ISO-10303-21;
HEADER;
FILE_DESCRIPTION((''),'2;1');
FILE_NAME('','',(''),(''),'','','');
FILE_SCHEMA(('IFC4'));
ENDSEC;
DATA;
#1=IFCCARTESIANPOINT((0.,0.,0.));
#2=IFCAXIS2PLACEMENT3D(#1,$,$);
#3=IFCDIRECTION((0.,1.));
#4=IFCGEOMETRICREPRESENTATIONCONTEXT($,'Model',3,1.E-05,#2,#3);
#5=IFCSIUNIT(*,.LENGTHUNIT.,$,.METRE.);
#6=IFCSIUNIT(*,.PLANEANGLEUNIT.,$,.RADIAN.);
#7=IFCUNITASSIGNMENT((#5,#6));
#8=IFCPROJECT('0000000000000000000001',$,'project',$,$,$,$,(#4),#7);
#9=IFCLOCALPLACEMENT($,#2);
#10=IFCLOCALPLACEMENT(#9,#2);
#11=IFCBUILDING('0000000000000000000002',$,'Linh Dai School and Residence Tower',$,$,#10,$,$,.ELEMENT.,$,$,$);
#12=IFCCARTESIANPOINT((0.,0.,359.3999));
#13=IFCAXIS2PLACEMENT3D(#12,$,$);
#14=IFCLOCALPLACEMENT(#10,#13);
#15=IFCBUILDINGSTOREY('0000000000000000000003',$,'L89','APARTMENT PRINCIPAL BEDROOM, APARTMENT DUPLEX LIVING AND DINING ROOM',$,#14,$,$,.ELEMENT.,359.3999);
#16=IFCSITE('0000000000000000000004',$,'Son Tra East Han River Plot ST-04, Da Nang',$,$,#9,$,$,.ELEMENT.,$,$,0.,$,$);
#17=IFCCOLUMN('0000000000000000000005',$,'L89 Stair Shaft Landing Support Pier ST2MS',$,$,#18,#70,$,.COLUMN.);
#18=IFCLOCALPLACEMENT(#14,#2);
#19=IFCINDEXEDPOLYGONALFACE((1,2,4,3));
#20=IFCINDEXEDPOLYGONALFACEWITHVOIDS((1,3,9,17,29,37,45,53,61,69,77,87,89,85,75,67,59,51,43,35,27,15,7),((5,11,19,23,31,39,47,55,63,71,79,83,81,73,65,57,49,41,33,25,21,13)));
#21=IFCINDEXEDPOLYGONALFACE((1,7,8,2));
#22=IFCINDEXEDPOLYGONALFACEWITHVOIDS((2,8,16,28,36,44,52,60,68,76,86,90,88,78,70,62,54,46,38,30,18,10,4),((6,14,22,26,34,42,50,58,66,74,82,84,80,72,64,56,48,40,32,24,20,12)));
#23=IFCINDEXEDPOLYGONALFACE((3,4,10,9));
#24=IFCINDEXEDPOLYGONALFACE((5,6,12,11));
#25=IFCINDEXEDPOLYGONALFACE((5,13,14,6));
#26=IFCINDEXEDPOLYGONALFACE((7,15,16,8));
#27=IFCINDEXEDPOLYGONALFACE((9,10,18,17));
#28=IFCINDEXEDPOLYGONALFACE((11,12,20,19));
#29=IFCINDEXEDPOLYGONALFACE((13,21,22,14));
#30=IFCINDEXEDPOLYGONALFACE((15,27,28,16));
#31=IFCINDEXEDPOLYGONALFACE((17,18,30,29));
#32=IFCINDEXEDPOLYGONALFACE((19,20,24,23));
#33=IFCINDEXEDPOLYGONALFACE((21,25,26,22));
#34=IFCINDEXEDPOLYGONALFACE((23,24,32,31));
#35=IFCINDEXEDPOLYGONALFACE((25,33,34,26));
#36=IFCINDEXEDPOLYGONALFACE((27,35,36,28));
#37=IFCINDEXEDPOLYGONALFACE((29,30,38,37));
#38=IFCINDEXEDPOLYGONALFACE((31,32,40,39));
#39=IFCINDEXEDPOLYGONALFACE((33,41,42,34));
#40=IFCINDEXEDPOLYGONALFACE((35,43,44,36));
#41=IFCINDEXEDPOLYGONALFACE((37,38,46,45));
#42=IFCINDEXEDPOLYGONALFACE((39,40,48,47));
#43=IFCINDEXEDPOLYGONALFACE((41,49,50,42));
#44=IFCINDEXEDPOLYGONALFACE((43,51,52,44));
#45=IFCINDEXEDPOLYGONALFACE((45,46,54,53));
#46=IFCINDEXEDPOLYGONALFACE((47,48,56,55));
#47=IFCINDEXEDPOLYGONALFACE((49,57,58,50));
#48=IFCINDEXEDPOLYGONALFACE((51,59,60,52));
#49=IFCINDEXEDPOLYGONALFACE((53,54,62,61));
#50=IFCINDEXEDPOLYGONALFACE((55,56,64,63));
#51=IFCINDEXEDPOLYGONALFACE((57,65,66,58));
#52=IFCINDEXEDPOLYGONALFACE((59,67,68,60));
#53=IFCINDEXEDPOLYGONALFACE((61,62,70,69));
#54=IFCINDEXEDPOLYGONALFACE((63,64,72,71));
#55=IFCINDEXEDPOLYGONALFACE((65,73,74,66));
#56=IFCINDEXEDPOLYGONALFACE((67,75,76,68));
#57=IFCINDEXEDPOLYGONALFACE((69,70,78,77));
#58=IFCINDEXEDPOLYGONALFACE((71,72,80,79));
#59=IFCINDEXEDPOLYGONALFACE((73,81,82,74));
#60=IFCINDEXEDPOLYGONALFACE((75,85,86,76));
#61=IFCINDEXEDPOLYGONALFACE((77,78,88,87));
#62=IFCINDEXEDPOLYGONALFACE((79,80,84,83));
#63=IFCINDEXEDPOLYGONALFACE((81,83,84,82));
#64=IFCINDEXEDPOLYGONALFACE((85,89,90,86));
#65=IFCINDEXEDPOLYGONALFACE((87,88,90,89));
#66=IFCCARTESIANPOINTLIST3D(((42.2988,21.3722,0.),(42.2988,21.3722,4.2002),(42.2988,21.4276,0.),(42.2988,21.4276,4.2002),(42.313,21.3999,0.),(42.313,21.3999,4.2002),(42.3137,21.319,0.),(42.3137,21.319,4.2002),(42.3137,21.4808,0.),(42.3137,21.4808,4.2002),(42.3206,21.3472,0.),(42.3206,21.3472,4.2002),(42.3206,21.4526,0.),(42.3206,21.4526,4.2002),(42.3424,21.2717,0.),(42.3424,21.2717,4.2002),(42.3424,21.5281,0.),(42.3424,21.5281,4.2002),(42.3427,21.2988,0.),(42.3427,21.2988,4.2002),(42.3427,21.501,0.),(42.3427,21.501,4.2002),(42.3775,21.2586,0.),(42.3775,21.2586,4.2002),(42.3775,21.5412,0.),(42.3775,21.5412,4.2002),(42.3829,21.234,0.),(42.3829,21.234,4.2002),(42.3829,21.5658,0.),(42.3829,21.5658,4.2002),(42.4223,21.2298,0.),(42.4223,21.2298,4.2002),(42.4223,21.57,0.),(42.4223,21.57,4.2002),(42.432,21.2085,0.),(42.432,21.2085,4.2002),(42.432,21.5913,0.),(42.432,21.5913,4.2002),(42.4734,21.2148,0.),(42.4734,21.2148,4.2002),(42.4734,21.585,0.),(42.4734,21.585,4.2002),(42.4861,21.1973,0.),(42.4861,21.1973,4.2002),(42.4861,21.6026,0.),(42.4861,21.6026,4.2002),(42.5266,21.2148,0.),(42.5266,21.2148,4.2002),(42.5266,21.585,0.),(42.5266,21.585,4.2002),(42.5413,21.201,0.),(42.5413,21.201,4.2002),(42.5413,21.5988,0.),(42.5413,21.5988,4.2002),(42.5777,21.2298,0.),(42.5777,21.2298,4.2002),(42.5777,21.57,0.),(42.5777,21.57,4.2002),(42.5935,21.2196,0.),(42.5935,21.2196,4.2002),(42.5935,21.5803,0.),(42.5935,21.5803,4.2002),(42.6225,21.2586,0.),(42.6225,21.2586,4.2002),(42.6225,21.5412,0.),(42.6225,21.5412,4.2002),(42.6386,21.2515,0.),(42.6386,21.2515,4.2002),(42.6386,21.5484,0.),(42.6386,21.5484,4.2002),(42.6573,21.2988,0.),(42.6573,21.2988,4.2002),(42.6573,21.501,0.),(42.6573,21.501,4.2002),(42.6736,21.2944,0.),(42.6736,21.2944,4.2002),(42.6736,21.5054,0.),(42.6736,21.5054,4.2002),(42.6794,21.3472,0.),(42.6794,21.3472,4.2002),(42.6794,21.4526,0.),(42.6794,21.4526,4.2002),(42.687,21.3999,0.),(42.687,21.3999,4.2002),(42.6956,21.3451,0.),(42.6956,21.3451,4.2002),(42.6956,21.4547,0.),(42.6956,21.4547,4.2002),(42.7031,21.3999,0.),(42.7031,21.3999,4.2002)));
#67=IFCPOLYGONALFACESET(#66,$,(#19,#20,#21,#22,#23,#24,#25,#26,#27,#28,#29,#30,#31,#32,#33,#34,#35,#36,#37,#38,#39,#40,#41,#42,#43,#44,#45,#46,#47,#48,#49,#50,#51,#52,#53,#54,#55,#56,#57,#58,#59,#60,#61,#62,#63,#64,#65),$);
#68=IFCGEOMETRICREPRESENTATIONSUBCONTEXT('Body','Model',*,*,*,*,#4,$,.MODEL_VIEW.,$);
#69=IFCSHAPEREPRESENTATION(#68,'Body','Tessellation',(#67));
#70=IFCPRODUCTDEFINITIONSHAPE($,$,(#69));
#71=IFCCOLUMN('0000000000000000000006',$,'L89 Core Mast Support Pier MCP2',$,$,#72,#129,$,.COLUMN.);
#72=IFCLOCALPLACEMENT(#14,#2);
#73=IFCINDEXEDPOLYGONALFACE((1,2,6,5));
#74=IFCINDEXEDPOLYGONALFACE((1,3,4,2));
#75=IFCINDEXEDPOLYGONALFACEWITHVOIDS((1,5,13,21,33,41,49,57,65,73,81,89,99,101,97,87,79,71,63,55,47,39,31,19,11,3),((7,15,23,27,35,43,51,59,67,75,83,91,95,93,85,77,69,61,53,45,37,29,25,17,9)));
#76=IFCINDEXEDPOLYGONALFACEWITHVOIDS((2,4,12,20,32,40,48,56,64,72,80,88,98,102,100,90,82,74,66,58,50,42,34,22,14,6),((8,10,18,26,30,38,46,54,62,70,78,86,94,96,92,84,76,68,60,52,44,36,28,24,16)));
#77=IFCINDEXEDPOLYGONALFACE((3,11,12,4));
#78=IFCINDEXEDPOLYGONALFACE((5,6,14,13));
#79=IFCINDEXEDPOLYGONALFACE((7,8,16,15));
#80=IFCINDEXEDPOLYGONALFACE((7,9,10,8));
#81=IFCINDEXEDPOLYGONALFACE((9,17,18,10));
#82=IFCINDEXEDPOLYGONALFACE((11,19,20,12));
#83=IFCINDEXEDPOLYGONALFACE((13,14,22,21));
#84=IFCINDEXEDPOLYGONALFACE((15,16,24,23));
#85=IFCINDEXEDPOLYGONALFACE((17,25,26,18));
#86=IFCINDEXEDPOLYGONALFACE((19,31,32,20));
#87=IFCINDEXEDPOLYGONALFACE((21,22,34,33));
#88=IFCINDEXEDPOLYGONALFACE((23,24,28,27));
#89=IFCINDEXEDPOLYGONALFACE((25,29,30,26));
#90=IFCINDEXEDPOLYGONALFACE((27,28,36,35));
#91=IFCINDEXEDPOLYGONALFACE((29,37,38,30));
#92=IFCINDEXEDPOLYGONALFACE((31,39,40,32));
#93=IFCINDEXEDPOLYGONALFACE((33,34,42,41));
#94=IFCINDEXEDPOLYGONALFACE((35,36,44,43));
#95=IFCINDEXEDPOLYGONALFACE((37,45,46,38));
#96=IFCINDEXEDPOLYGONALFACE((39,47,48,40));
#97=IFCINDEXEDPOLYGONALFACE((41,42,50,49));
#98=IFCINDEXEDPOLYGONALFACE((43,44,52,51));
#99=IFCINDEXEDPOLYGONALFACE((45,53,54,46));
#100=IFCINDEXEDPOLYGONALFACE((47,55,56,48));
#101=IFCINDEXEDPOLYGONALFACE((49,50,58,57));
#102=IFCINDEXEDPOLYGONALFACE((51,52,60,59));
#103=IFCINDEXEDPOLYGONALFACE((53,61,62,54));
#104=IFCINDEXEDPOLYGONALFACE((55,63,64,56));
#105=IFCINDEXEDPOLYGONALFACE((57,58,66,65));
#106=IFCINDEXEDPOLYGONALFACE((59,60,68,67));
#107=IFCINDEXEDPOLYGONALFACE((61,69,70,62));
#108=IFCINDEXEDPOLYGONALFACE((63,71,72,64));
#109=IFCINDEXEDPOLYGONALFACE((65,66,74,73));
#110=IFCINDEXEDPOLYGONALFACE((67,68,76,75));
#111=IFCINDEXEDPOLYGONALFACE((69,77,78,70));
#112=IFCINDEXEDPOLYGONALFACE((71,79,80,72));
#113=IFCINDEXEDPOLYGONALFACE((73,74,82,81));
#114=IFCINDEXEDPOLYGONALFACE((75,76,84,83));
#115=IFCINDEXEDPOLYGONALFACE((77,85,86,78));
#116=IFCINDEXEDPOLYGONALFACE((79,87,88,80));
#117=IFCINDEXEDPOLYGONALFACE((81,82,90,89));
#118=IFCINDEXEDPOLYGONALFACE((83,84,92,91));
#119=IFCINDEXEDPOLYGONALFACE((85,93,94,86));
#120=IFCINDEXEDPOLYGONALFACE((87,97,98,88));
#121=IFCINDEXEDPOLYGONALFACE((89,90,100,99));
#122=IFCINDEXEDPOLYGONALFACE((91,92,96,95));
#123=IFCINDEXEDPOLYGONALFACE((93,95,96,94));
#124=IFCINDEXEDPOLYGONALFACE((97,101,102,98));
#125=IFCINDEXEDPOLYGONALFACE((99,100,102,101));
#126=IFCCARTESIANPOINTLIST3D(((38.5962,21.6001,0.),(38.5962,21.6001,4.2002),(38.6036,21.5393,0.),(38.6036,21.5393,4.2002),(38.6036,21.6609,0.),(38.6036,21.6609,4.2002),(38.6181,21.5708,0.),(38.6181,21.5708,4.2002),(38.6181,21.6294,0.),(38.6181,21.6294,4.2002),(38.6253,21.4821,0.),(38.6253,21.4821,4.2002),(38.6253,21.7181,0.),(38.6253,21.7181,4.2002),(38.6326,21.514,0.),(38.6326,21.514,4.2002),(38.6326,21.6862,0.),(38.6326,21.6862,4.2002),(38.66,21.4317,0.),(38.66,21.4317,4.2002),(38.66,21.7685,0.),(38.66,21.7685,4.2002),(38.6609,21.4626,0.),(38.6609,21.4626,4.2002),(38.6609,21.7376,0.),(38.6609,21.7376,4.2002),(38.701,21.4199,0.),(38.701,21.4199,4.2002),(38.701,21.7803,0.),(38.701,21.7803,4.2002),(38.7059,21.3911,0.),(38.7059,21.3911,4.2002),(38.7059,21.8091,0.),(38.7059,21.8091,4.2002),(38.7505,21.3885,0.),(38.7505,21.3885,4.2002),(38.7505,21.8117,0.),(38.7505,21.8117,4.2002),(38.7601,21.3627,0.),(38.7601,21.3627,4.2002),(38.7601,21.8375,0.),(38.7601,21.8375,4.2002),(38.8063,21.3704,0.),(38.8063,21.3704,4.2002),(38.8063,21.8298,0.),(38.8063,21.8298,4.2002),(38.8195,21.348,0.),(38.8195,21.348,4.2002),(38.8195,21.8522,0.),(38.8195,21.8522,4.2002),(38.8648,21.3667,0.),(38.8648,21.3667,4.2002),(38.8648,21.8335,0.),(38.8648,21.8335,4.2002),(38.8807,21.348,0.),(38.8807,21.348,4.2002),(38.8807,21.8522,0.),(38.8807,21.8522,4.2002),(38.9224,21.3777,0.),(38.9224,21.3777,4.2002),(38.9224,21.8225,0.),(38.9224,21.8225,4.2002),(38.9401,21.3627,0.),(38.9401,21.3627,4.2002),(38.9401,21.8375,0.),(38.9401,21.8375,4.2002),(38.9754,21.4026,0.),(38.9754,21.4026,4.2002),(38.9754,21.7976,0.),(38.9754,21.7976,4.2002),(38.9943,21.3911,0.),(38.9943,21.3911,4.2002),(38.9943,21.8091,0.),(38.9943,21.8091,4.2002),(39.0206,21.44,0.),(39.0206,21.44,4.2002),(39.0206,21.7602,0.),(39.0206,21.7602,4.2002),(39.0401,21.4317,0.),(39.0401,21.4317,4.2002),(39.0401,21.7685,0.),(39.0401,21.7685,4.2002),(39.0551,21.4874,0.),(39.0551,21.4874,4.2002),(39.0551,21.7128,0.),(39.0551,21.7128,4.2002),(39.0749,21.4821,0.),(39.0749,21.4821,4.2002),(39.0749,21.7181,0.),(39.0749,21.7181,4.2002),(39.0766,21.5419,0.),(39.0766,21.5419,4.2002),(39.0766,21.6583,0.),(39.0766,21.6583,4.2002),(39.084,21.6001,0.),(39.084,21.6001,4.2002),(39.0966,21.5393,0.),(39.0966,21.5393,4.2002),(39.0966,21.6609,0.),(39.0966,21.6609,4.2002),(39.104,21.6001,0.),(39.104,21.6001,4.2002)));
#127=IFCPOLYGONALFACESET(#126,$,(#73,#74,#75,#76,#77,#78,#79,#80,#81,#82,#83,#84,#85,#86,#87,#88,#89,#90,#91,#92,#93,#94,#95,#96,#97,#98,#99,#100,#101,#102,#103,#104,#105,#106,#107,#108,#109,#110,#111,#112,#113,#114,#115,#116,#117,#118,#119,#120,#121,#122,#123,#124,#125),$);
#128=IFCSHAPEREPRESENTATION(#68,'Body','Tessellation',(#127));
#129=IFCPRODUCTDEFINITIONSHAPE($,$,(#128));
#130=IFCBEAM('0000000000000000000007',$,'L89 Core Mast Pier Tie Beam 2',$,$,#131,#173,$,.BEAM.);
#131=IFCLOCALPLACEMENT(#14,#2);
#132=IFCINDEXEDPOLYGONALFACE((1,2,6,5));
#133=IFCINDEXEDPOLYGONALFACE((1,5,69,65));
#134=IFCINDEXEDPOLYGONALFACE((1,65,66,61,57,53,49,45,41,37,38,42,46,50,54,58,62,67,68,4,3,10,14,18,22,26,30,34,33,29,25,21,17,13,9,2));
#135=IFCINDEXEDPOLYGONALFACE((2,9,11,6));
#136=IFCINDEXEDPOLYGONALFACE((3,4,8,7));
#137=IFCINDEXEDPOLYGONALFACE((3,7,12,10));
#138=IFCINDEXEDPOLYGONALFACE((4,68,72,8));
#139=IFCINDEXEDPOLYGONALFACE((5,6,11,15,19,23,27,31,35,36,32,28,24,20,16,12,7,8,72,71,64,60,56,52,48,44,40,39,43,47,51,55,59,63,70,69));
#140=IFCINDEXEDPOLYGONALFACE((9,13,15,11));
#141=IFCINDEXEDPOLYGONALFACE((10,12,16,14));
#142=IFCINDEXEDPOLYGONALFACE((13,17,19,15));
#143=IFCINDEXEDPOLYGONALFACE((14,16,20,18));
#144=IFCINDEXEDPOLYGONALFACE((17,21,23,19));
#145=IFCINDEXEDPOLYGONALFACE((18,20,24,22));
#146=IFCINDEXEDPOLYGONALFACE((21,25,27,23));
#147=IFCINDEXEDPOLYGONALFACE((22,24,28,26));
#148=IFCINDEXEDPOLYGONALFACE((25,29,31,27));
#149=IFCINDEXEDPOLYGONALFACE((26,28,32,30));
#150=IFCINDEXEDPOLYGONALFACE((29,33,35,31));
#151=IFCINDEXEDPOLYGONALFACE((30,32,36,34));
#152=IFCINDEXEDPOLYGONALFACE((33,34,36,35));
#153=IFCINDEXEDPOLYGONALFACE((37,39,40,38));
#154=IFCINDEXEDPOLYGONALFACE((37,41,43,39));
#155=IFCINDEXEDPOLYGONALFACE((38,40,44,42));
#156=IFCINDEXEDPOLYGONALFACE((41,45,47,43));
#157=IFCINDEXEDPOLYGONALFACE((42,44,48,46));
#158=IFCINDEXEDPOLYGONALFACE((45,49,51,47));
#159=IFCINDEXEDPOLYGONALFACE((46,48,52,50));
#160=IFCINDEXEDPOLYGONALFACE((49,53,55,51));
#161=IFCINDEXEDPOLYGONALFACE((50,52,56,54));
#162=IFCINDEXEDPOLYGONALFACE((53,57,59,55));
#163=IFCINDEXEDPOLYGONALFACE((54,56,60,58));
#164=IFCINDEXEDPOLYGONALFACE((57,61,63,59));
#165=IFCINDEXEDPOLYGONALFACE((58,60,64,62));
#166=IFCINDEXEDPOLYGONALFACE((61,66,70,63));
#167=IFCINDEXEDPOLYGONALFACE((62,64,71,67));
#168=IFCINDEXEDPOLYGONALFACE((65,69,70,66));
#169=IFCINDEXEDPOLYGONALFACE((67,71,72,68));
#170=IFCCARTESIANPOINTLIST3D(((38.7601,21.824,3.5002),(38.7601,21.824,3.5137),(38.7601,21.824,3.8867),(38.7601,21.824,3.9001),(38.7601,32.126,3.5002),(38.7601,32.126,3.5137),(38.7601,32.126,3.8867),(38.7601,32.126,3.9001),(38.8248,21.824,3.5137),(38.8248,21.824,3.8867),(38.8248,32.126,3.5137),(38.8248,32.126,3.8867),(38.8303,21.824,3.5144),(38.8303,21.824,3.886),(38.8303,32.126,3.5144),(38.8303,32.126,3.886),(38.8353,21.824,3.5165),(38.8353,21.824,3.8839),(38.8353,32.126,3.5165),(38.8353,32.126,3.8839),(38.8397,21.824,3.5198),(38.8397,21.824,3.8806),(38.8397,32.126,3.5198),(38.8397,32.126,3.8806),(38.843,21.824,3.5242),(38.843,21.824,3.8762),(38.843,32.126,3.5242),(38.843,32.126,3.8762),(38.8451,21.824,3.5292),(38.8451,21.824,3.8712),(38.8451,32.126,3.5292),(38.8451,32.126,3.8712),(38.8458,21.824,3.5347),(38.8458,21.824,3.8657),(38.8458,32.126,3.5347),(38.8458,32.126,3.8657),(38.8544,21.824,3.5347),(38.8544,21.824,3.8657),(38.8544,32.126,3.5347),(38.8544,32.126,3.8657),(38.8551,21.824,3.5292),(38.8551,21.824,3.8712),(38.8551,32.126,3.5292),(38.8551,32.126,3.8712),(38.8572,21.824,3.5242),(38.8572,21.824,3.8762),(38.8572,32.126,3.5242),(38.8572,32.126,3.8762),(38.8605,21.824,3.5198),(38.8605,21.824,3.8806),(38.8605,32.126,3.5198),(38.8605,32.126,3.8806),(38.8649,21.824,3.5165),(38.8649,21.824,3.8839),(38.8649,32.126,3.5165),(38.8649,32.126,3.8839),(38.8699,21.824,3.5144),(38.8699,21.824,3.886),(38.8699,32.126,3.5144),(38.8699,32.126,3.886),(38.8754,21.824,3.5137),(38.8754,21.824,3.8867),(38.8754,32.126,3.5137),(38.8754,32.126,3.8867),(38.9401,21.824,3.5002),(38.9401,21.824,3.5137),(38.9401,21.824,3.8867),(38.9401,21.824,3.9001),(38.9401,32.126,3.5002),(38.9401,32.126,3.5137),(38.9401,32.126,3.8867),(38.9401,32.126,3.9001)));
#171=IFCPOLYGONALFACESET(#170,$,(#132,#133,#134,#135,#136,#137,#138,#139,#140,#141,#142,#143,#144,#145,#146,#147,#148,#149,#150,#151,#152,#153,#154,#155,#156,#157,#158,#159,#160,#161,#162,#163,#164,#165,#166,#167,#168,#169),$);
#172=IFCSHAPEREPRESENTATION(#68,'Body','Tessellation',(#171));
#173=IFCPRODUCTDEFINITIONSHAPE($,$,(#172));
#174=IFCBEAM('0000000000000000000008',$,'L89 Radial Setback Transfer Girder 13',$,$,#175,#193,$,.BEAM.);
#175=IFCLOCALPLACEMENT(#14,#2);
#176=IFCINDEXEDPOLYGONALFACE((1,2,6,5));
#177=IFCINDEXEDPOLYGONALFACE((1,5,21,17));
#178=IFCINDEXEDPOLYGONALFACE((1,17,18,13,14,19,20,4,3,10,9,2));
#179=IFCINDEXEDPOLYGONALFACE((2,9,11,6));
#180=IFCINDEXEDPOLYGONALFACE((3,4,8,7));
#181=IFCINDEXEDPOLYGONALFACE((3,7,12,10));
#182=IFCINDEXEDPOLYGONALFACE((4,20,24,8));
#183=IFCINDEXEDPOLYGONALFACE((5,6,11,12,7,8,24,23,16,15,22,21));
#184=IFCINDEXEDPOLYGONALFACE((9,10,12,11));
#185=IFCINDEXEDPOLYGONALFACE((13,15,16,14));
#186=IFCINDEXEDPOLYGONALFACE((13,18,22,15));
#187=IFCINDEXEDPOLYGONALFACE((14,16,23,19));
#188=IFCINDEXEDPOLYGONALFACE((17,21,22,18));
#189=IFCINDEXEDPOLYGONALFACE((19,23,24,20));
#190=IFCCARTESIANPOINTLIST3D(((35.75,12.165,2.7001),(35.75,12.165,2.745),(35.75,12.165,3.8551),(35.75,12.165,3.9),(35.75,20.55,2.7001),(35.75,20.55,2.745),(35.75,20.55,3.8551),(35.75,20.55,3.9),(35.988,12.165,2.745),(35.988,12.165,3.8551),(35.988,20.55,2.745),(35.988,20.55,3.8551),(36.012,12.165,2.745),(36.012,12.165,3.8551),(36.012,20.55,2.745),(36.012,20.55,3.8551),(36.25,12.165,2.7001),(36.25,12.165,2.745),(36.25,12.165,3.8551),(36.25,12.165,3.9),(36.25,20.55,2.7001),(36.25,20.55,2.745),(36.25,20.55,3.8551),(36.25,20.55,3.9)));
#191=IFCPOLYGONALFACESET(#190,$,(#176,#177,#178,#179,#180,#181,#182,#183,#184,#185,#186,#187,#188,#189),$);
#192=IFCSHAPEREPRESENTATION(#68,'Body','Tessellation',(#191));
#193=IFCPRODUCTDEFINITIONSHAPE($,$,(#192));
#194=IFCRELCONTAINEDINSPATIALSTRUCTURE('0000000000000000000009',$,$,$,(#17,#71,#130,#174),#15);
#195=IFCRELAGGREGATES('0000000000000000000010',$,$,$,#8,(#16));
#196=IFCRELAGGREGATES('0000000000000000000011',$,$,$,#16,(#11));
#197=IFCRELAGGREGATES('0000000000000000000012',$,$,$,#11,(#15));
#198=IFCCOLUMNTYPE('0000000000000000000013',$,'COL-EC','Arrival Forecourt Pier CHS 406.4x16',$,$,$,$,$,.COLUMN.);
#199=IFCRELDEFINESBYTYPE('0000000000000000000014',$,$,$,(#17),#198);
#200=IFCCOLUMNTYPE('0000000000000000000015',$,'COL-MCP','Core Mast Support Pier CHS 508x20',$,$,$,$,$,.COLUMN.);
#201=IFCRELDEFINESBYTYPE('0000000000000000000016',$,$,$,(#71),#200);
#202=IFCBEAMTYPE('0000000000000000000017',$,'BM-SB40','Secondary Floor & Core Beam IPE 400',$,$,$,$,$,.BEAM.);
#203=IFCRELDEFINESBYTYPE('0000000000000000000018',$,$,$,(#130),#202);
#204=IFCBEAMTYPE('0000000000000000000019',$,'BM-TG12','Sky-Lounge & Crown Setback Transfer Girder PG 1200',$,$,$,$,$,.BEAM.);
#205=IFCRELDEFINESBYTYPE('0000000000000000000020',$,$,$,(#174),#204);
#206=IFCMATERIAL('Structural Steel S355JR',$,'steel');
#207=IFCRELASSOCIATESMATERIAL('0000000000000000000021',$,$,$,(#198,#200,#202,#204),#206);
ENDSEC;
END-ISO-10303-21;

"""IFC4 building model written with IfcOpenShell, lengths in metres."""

from ifc_helpers import new_model, si_unit, direction, frame, origin, origin_2d, place, context, subcontext, project, spatial, hollow_circle, i_section, extrude, material, material_profile, profile_set, type_object, element, save


model = new_model("IFC4")

# Units and contexts
model_context = context("Model", 3, precision=1e-05, world=origin(), true_north=direction((0.0, 1.0)))
body_context = subcontext(model_context, "Body", "Model", "MODEL_VIEW")
ifc_project = project(units=[si_unit("LENGTHUNIT", "METRE"), si_unit("PLANEANGLEUNIT", "RADIAN")], contexts=[model_context])

# Site, building, storey
site_placement = place(None, origin())
site = spatial("IfcSite", under=ifc_project, at=site_placement, Name="Son Tra East Han River Plot ST-04, Da Nang", CompositionType="ELEMENT", RefElevation=0.0)
building_placement = place(site_placement, origin())
building = spatial("IfcBuilding", under=site, at=building_placement, Name="Linh Dai School and Residence Tower", CompositionType="ELEMENT")
storey_placement = place(building_placement, frame((0.0, 0.0, 359.3999)))
storey = spatial("IfcBuildingStorey", under=building, at=storey_placement, Name="L89", Description="APARTMENT PRINCIPAL BEDROOM, APARTMENT DUPLEX LIVING AND DINING ROOM", CompositionType="ELEMENT", Elevation=359.3999)

# Columns
ifc_material_1 = material(Name="Structural Steel S355JR", Category="steel")
ifc_material_profile_1 = material_profile(ifc_material_1, hollow_circle(Radius=0.2031, WallThickness=0.0161, at=origin_2d()), Name="CHS 406.4x16")
ifc_profile_set_1 = profile_set([ifc_material_profile_1], Name="Structural Steel S355JR")
column_type_1 = type_object("IfcColumnType", Name="COL-EC", Description="Arrival Forecourt Pier CHS 406.4x16", PredefinedType="COLUMN", material=ifc_profile_set_1)
column_1_placement = place(storey_placement, frame((42.5, 21.3999, 0.0), z_axis=(0.0, 0.0, 1.0), x_axis=(1.0, 0.0, 0.0)))
element("IfcColumn", 1, at=column_1_placement, inside=storey, type_object=column_type_1, Name="L89 Stair Shaft Landing Support Pier ST2MS", PredefinedType="COLUMN", context=body_context, shape_type="SweptSolid", body=[
    extrude(hollow_circle(Radius=0.2031, WallThickness=0.0161, at=origin_2d()), origin(), (0.0, 0.0, 1.0), 4.2002),
])
ifc_material_profile_2 = material_profile(ifc_material_1, hollow_circle(Radius=0.2539, WallThickness=0.02, at=origin_2d()), Name="CHS 508x20")
ifc_profile_set_2 = profile_set([ifc_material_profile_2], Name="Structural Steel S355JR")
column_type_2 = type_object("IfcColumnType", Name="COL-MCP", Description="Core Mast Support Pier CHS 508x20", PredefinedType="COLUMN", material=ifc_profile_set_2)
column_2_placement = place(storey_placement, frame((38.8501, 21.6001, 0.0), z_axis=(0.0, 0.0, 1.0), x_axis=(1.0, 0.0, 0.0)))
element("IfcColumn", 2, at=column_2_placement, inside=storey, type_object=column_type_2, Name="L89 Core Mast Support Pier MCP2", PredefinedType="COLUMN", context=body_context, shape_type="SweptSolid", body=[
    extrude(hollow_circle(Radius=0.2539, WallThickness=0.02, at=origin_2d()), origin(), (0.0, 0.0, 1.0), 4.2002),
])

# Beams
ifc_material_profile_3 = material_profile(ifc_material_1, i_section(OverallWidth=0.1799, OverallDepth=0.3999, WebThickness=0.0085, FlangeThickness=0.0134, FilletRadius=0.021, at=origin_2d()), Name="IPE 400")
ifc_profile_set_3 = profile_set([ifc_material_profile_3], Name="Structural Steel S355JR")
beam_type_1 = type_object("IfcBeamType", Name="BM-SB40", Description="Secondary Floor & Core Beam IPE 400", PredefinedType="BEAM", material=ifc_profile_set_3)
beam_1_placement = place(storey_placement, frame((38.8501, 21.824, 3.7002), z_axis=(0.0, 1.0, 0.0), x_axis=(-1.0, 0.0, 0.0)))
element("IfcBeam", 3, at=beam_1_placement, inside=storey, type_object=beam_type_1, Name="L89 Core Mast Pier Tie Beam 2", PredefinedType="BEAM", context=body_context, shape_type="SweptSolid", body=[
    extrude(i_section(OverallWidth=0.1799, OverallDepth=0.3999, WebThickness=0.0085, FlangeThickness=0.0134, FilletRadius=0.021, at=origin_2d()), origin(), (0.0, 0.0, 1.0), 10.302),
])
ifc_material_profile_4 = material_profile(ifc_material_1, i_section(OverallWidth=0.5, OverallDepth=1.2, WebThickness=0.0239, FlangeThickness=0.0449, at=origin_2d()), Name="PG 1200x500x24x45")
ifc_profile_set_4 = profile_set([ifc_material_profile_4], Name="Structural Steel S355JR")
beam_type_2 = type_object("IfcBeamType", Name="BM-TG12", Description="Sky-Lounge & Crown Setback Transfer Girder PG 1200", PredefinedType="BEAM", material=ifc_profile_set_4)
beam_2_placement = place(storey_placement, frame((36.0, 20.55, 3.3), z_axis=(0.0, -1.0, 0.0), x_axis=(1.0, 0.0, 0.0)))
element("IfcBeam", 4, at=beam_2_placement, inside=storey, type_object=beam_type_2, Name="L89 Radial Setback Transfer Girder 13", PredefinedType="BEAM", context=body_context, shape_type="SweptSolid", body=[
    extrude(i_section(OverallWidth=0.5, OverallDepth=1.2, WebThickness=0.0239, FlangeThickness=0.0449, at=origin_2d()), origin(), (0.0, 0.0, 1.0), 8.385),
])

save(model, "model.ifc")
